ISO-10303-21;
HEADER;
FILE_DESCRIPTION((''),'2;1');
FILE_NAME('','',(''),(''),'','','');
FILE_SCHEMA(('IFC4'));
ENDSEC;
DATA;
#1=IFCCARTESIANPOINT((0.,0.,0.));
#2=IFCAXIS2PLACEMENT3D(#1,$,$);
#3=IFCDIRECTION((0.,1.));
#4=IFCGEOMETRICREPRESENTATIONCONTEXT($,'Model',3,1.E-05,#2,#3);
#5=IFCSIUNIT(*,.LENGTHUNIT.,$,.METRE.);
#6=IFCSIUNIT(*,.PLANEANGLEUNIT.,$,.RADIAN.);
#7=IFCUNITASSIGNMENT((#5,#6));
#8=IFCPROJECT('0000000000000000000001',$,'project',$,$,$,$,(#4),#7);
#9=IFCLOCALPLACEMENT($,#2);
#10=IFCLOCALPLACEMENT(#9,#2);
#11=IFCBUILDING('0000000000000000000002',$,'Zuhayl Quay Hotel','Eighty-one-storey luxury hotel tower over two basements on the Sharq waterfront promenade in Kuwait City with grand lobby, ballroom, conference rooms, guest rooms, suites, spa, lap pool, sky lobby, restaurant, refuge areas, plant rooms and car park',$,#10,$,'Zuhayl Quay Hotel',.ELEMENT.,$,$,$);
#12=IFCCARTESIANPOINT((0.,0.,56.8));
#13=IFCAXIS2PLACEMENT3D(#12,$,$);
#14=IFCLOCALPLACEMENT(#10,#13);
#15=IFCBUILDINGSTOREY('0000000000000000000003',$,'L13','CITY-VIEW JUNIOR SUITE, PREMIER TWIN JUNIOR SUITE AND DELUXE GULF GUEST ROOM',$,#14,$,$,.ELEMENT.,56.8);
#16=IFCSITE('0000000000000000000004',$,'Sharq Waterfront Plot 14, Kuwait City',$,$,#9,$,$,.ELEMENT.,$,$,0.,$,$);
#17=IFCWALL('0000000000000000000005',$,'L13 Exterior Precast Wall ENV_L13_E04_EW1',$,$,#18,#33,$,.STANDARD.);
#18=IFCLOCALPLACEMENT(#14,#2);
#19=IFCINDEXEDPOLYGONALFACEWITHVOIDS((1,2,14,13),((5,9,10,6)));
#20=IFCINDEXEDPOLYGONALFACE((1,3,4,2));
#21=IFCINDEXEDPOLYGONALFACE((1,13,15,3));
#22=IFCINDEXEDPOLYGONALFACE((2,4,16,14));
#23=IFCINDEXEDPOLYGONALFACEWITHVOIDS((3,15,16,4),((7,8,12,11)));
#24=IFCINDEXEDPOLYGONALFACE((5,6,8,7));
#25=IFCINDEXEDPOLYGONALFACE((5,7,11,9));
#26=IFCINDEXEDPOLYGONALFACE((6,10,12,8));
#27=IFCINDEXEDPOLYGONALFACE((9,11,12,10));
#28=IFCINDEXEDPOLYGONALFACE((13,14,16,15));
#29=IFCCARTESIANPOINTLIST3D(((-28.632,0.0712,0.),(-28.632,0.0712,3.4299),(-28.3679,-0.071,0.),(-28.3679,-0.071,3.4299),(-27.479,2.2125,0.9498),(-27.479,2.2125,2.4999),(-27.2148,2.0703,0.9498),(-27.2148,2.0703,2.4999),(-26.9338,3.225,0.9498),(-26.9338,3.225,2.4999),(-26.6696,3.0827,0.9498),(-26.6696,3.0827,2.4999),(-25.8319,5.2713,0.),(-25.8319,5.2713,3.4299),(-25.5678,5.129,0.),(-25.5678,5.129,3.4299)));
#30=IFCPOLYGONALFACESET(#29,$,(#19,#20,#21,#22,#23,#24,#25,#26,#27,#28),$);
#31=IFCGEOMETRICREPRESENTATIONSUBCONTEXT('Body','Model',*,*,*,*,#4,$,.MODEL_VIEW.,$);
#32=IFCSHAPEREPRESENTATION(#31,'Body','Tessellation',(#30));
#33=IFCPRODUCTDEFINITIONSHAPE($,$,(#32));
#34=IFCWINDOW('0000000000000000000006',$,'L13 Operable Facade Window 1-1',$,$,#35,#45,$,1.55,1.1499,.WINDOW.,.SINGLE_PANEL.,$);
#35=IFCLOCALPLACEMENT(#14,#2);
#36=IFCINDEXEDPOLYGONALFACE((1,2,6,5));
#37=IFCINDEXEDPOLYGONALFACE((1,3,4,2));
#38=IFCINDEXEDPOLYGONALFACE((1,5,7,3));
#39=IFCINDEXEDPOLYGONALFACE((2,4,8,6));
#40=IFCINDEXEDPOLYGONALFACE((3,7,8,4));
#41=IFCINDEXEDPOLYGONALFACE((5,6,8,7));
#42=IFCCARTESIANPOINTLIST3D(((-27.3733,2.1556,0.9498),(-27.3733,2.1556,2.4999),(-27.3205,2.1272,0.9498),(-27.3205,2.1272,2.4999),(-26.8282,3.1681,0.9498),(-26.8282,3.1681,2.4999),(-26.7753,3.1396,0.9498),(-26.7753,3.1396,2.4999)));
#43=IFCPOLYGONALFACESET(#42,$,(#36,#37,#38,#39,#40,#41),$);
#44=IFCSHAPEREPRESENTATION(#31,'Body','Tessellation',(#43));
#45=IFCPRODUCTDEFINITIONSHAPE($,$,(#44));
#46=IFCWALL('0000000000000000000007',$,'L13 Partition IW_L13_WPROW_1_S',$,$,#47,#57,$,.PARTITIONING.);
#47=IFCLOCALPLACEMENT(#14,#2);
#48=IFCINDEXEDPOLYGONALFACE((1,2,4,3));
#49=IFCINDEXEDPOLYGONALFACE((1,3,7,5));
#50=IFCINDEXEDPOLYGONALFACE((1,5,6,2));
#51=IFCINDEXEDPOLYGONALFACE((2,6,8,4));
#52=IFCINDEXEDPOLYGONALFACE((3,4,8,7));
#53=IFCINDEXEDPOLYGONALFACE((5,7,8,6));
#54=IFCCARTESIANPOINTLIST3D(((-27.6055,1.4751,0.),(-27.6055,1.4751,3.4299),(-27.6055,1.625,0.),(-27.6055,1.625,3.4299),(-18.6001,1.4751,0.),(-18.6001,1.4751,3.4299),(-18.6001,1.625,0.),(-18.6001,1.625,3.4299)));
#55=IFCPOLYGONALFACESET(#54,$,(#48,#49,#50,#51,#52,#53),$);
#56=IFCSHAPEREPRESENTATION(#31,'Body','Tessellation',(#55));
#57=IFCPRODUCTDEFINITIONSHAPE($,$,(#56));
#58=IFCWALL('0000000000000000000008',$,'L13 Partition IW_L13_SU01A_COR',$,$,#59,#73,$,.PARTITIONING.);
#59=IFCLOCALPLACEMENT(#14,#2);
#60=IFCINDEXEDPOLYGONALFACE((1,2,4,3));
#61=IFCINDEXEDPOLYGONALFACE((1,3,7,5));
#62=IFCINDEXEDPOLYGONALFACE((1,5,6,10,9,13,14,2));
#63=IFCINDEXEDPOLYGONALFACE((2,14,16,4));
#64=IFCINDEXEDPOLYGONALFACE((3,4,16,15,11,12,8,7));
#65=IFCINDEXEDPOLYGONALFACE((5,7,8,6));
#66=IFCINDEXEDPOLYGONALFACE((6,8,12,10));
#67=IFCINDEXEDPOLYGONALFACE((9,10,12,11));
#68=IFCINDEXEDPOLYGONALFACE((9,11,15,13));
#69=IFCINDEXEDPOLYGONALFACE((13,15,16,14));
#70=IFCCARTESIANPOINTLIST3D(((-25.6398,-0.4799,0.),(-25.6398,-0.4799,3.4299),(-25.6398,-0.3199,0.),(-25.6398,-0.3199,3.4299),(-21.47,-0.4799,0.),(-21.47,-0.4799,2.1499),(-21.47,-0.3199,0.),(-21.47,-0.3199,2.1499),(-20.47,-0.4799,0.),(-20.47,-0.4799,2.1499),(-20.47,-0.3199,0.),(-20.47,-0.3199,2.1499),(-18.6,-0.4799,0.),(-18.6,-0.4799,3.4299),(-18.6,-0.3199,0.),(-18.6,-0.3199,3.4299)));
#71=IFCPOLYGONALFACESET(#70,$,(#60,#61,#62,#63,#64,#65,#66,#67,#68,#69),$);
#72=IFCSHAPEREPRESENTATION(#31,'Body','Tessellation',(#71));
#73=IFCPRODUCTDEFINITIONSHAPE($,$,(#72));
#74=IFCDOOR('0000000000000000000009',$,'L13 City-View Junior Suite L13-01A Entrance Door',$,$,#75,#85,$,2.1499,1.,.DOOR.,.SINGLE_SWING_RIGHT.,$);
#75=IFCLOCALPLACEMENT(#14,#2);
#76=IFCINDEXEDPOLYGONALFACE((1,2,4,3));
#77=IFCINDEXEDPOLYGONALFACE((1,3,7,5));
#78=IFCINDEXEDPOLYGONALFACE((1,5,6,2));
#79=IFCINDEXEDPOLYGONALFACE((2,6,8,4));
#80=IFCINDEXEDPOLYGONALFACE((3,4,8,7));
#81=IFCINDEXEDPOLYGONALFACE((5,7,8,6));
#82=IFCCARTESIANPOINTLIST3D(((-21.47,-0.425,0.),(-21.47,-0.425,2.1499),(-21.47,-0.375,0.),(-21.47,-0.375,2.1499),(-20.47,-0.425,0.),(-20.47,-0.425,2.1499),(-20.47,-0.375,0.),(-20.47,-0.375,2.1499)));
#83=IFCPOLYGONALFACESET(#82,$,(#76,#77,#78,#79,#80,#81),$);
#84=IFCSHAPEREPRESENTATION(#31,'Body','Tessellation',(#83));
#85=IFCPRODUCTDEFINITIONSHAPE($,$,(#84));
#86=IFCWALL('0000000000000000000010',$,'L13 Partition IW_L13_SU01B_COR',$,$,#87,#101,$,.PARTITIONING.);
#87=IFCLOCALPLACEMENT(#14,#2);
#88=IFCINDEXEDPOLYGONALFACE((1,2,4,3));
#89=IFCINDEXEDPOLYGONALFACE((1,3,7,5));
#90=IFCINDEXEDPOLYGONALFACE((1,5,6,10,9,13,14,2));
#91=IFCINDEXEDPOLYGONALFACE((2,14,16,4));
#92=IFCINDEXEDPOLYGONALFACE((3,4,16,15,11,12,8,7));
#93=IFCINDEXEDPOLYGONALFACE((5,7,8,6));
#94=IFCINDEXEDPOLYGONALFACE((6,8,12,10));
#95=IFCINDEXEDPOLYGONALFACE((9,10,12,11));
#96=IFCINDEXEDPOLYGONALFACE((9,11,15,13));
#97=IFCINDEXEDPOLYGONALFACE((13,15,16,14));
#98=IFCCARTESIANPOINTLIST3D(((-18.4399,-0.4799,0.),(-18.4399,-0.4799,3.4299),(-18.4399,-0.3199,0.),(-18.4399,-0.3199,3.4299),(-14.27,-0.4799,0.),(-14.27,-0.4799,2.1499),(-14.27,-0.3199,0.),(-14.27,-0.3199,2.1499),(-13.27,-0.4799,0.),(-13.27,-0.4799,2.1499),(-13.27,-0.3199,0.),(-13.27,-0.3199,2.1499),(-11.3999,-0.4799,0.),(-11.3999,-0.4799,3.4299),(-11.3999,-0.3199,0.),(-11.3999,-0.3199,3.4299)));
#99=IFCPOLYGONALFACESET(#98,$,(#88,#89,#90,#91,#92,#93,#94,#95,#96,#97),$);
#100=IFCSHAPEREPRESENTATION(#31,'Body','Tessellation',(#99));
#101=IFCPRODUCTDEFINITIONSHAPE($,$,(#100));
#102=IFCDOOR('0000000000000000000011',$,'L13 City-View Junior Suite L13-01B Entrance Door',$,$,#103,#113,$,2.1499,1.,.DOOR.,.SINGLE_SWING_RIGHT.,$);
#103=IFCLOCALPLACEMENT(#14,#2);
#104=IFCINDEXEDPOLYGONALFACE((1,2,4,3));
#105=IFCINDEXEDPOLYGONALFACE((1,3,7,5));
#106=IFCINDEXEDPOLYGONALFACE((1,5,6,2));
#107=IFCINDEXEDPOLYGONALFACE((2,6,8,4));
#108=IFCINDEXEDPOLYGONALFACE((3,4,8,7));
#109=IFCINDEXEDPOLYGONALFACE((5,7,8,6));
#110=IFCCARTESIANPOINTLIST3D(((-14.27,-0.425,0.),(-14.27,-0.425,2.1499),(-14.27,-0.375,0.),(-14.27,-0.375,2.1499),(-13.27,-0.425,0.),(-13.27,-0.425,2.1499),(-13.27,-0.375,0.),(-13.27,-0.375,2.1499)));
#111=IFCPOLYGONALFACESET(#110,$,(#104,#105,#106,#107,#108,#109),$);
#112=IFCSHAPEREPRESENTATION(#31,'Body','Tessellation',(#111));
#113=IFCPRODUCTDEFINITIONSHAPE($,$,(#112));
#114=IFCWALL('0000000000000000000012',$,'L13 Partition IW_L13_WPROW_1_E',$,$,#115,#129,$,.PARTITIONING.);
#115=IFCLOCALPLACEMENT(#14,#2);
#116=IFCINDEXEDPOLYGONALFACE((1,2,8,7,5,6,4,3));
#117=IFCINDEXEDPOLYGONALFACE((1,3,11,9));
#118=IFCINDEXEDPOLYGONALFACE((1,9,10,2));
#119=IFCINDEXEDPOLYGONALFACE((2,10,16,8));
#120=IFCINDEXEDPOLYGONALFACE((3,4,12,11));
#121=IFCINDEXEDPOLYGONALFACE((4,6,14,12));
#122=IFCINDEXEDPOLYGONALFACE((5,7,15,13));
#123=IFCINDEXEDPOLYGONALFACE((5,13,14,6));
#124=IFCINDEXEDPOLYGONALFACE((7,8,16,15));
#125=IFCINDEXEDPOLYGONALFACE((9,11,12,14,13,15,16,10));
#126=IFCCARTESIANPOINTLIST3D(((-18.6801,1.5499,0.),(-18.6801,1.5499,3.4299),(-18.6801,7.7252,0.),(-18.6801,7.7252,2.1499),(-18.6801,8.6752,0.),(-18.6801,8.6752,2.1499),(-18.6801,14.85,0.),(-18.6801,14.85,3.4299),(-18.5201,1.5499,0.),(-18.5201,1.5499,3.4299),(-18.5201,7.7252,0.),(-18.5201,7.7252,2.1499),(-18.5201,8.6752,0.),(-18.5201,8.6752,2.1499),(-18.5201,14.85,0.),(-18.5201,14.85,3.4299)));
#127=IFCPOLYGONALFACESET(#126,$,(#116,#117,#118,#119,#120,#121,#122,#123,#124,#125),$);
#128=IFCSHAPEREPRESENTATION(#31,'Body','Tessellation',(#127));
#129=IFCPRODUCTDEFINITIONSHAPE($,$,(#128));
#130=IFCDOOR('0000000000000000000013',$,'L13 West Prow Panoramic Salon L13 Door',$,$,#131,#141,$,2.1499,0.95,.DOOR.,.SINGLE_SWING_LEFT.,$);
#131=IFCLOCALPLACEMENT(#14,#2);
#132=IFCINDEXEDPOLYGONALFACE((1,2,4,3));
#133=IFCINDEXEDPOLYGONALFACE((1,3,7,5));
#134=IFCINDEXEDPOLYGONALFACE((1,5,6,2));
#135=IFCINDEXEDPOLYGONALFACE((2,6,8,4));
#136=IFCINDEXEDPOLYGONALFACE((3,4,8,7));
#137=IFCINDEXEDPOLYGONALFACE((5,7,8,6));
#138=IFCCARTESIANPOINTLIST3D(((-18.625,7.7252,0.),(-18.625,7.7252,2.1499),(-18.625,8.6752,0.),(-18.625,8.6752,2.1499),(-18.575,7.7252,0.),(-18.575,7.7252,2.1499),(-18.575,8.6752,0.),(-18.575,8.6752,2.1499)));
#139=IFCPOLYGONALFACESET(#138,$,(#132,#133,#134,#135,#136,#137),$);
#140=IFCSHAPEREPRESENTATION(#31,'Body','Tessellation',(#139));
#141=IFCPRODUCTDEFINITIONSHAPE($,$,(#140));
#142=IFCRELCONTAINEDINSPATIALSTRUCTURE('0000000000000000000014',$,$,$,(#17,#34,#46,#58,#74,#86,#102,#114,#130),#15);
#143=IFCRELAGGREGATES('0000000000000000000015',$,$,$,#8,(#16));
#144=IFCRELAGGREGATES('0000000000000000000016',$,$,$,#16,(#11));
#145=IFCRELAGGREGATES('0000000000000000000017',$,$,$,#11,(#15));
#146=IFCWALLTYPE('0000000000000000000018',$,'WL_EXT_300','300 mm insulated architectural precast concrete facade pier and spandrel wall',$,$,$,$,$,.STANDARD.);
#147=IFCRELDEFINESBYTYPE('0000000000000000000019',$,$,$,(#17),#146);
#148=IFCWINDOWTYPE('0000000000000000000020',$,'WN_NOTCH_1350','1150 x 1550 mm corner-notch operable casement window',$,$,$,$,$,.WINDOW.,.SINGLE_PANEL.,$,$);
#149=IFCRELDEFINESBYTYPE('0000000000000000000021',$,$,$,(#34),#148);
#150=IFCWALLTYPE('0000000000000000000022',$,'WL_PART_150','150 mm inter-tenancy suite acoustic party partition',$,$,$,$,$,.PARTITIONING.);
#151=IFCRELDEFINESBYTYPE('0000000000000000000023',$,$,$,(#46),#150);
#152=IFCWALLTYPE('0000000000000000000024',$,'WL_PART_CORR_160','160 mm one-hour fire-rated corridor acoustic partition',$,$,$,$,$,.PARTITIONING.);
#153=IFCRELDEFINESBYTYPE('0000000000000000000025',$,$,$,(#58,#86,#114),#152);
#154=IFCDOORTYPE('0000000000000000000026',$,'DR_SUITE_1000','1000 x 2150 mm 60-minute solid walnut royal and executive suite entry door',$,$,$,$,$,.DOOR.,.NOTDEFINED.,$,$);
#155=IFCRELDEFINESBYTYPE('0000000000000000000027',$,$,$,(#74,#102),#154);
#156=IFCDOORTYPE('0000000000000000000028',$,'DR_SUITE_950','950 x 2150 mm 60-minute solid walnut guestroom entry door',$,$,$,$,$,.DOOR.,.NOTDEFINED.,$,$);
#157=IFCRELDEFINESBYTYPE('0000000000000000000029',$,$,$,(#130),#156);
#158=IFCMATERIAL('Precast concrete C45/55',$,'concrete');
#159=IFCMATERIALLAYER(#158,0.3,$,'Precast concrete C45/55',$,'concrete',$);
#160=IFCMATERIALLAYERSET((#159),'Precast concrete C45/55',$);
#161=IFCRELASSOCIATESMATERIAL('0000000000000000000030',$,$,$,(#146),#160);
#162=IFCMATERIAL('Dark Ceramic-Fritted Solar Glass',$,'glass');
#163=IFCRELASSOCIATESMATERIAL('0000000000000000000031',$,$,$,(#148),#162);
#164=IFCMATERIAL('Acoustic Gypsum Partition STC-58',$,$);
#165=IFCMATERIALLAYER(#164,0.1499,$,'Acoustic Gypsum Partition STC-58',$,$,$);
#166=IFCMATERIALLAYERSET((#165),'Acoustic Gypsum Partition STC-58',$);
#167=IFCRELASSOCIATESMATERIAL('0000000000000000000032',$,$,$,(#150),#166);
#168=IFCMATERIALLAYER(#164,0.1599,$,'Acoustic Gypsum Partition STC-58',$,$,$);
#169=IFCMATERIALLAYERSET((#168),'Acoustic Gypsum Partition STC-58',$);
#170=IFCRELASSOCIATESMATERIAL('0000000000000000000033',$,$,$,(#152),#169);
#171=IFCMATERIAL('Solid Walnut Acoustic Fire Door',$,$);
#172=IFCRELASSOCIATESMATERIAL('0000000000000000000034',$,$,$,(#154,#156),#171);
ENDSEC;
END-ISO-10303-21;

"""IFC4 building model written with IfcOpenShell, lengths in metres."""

from ifc_helpers import new_model, si_unit, direction, frame, frame_2d, origin, place, context, subcontext, project, spatial, rectangle, extrude, material, layer, layer_set, type_object, element, fill, save


model = new_model("IFC4")

# Units and contexts
model_context = context("Model", 3, precision=1e-05, world=origin(), true_north=direction((0.0, 1.0)))
body_context = subcontext(model_context, "Body", "Model", "MODEL_VIEW")
ifc_project = project(units=[si_unit("LENGTHUNIT", "METRE"), si_unit("PLANEANGLEUNIT", "RADIAN")], contexts=[model_context])

# Site, building, storey
site_placement = place(None, origin())
site = spatial("IfcSite", under=ifc_project, at=site_placement, Name="Sharq Waterfront Plot 14, Kuwait City", CompositionType="ELEMENT", RefElevation=0.0)
building_placement = place(site_placement, origin())
building = spatial("IfcBuilding", under=site, at=building_placement, Name="Zuhayl Quay Hotel", Description="Eighty-one-storey luxury hotel tower over two basements on the Sharq waterfront promenade in Kuwait City with grand lobby, ballroom, conference rooms, guest rooms, suites, spa, lap pool, sky lobby, restaurant, refuge areas, plant rooms and car park", LongName="Zuhayl Quay Hotel", CompositionType="ELEMENT")
storey_placement = place(building_placement, frame((0.0, 0.0, 56.8)))
storey = spatial("IfcBuildingStorey", under=building, at=storey_placement, Name="L13", Description="CITY-VIEW JUNIOR SUITE, PREMIER TWIN JUNIOR SUITE AND DELUXE GULF GUEST ROOM", CompositionType="ELEMENT", Elevation=56.8)

# Shared definitions
ifc_material_1 = material(Name="Dark Ceramic-Fritted Solar Glass", Category="glass")

# Shared definitions
ifc_material_2 = material(Name="Precast concrete C45/55", Category="concrete")
ifc_layer_1 = layer(ifc_material_2, 0.3, Name="Precast concrete C45/55", Category="concrete")
ifc_layer_set_1 = layer_set([ifc_layer_1], Name="Precast concrete C45/55")
wall_type_1 = type_object("IfcWallType", Name="WL_EXT_300", Description="300 mm insulated architectural precast concrete facade pier and spandrel wall", PredefinedType="STANDARD", material=ifc_layer_set_1)

# Wall, opening, window
wall_1_placement = place(storey_placement, frame((-28.5, 0.0, 0.0), z_axis=(0.0, 0.0, 1.0), x_axis=(0.47411, 0.880466, 0.0)))
wall_1 = element("IfcWall", 1, at=wall_1_placement, inside=storey, type_object=wall_type_1, Name="L13 Exterior Precast Wall ENV_L13_E04_EW1", PredefinedType="STANDARD", context=body_context, shape_type="SweptSolid", body=[
    extrude(rectangle(XDim=5.906, YDim=0.3, at=frame_2d((2.9531, 0.0))), origin(), (0.0, 0.0, 1.0), 3.4299),
])
opening_1_placement = place(wall_1_placement, frame((2.4321, 0.0, 0.95)))
opening_1 = element("IfcOpeningElement", 2, at=opening_1_placement, cuts=wall_1, PredefinedType="OPENING", context=body_context, shape_type="SweptSolid", body=[
    extrude(rectangle(XDim=1.1499, YDim=1.55, at=frame_2d((0.575, 0.7749))), frame((0.0, 0.1599, 0.0), z_axis=(0.0, -1.0, 0.0), x_axis=(1.0, 0.0, 0.0)), (0.0, 0.0, 1.0), 0.3201),
])
window_type = type_object("IfcWindowType", Name="WN_NOTCH_1350", Description="1150 x 1550 mm corner-notch operable casement window", PartitioningType="SINGLE_PANEL", PredefinedType="WINDOW", material=ifc_material_1)
window_placement = place(opening_1_placement, origin())
window = element("IfcWindow", 3, at=window_placement, inside=storey, type_object=window_type, Name="L13 Operable Facade Window 1-1", OverallHeight=1.55, OverallWidth=1.1499, PartitioningType="SINGLE_PANEL", PredefinedType="WINDOW", context=body_context, shape_type="SweptSolid", body=[
    extrude(rectangle(XDim=1.1499, YDim=1.55, at=frame_2d((0.575, 0.7749))), frame((0.0, 0.03, 0.0), z_axis=(0.0, -1.0, 0.0), x_axis=(1.0, 0.0, 0.0)), (0.0, 0.0, 1.0), 0.0601),
])
fill(opening_1, window)

# Wall
ifc_material_3 = material(Name="Acoustic Gypsum Partition STC-58")
ifc_layer_2 = layer(ifc_material_3, 0.1499, Name="Acoustic Gypsum Partition STC-58")
ifc_layer_set_2 = layer_set([ifc_layer_2], Name="Acoustic Gypsum Partition STC-58")
wall_type_2 = type_object("IfcWallType", Name="WL_PART_150", Description="150 mm inter-tenancy suite acoustic party partition", PredefinedType="PARTITIONING", material=ifc_layer_set_2)
wall_2_placement = place(storey_placement, frame((-27.6055, 1.55, 0.0), z_axis=(0.0, 0.0, 1.0), x_axis=(1.0, 0.0, 0.0)))
element("IfcWall", 4, at=wall_2_placement, inside=storey, type_object=wall_type_2, Name="L13 Partition IW_L13_WPROW_1_S", PredefinedType="PARTITIONING", context=body_context, shape_type="SweptSolid", body=[
    extrude(rectangle(XDim=9.0054, YDim=0.1499, at=frame_2d((4.5027, 0.0))), origin(), (0.0, 0.0, 1.0), 3.4299),
])

# Walls, openings, doors
ifc_layer_3 = layer(ifc_material_3, 0.1599, Name="Acoustic Gypsum Partition STC-58")
ifc_layer_set_3 = layer_set([ifc_layer_3], Name="Acoustic Gypsum Partition STC-58")
wall_type_3 = type_object("IfcWallType", Name="WL_PART_CORR_160", Description="160 mm one-hour fire-rated corridor acoustic partition", PredefinedType="PARTITIONING", material=ifc_layer_set_3)
wall_3_placement = place(storey_placement, frame((-25.6399, -0.3999, 0.0), z_axis=(0.0, 0.0, 1.0), x_axis=(1.0, 0.0, 0.0)))
wall_3 = element("IfcWall", 5, at=wall_3_placement, inside=storey, type_object=wall_type_3, Name="L13 Partition IW_L13_SU01A_COR", PredefinedType="PARTITIONING", context=body_context, shape_type="SweptSolid", body=[
    extrude(rectangle(XDim=7.0398, YDim=0.1599, at=frame_2d((3.52, 0.0))), origin(), (0.0, 0.0, 1.0), 3.4299),
])
opening_2_placement = place(wall_3_placement, frame((4.1699, 0.0, 0.0)))
opening_2 = element("IfcOpeningElement", 6, at=opening_2_placement, cuts=wall_3, PredefinedType="OPENING", context=body_context, shape_type="SweptSolid", body=[
    extrude(rectangle(XDim=1.0, YDim=2.1499, at=frame_2d((0.5, 1.075))), frame((0.0, 0.0898, 0.0), z_axis=(0.0, -1.0, 0.0), x_axis=(1.0, 0.0, 0.0)), (0.0, 0.0, 1.0), 0.1799),
])
ifc_material_4 = material(Name="Solid Walnut Acoustic Fire Door")
door_type_1 = type_object("IfcDoorType", Name="DR_SUITE_1000", Description="1000 x 2150 mm 60-minute solid walnut royal and executive suite entry door", OperationType="NOTDEFINED", PredefinedType="DOOR", material=ifc_material_4)
door_1_placement = place(opening_2_placement, origin())
door_1 = element("IfcDoor", 7, at=door_1_placement, inside=storey, type_object=door_type_1, Name="L13 City-View Junior Suite L13-01A Entrance Door", OperationType="SINGLE_SWING_RIGHT", OverallHeight=2.1499, OverallWidth=1.0, PredefinedType="DOOR", context=body_context, shape_type="SweptSolid", body=[
    extrude(rectangle(XDim=1.0, YDim=2.1499, at=frame_2d((0.5, 1.075))), frame((0.0, 0.0249, 0.0), z_axis=(0.0, -1.0, 0.0), x_axis=(1.0, 0.0, 0.0)), (0.0, 0.0, 1.0), 0.05),
])
fill(opening_2, door_1)
wall_4_placement = place(storey_placement, frame((-18.4399, -0.3999, 0.0), z_axis=(0.0, 0.0, 1.0), x_axis=(1.0, 0.0, 0.0)))
wall_4 = element("IfcWall", 8, at=wall_4_placement, inside=storey, type_object=wall_type_3, Name="L13 Partition IW_L13_SU01B_COR", PredefinedType="PARTITIONING", context=body_context, shape_type="SweptSolid", body=[
    extrude(rectangle(XDim=7.04, YDim=0.1599, at=frame_2d((3.52, 0.0))), origin(), (0.0, 0.0, 1.0), 3.4299),
])
opening_3_placement = place(wall_4_placement, frame((4.1699, 0.0, 0.0)))
opening_3 = element("IfcOpeningElement", 9, at=opening_3_placement, cuts=wall_4, PredefinedType="OPENING", context=body_context, shape_type="SweptSolid", body=[
    extrude(rectangle(XDim=1.0, YDim=2.1499, at=frame_2d((0.5, 1.075))), frame((0.0, 0.0898, 0.0), z_axis=(0.0, -1.0, 0.0), x_axis=(1.0, 0.0, 0.0)), (0.0, 0.0, 1.0), 0.1799),
])
door_2_placement = place(opening_3_placement, origin())
door_2 = element("IfcDoor", 10, at=door_2_placement, inside=storey, type_object=door_type_1, Name="L13 City-View Junior Suite L13-01B Entrance Door", OperationType="SINGLE_SWING_RIGHT", OverallHeight=2.1499, OverallWidth=1.0, PredefinedType="DOOR", context=body_context, shape_type="SweptSolid", body=[
    extrude(rectangle(XDim=1.0, YDim=2.1499, at=frame_2d((0.5, 1.075))), frame((0.0, 0.0249, 0.0), z_axis=(0.0, -1.0, 0.0), x_axis=(1.0, 0.0, 0.0)), (0.0, 0.0, 1.0), 0.05),
])
fill(opening_3, door_2)
wall_5_placement = place(storey_placement, frame((-18.6001, 1.55, 0.0), z_axis=(0.0, 0.0, 1.0), x_axis=(0.0, 1.0, 0.0)))
wall_5 = element("IfcWall", 11, at=wall_5_placement, inside=storey, type_object=wall_type_3, Name="L13 Partition IW_L13_WPROW_1_E", PredefinedType="PARTITIONING", context=body_context, shape_type="SweptSolid", body=[
    extrude(rectangle(XDim=13.3, YDim=0.1599, at=frame_2d((6.6499, 0.0))), origin(), (0.0, 0.0, 1.0), 3.4299),
])
opening_4_placement = place(wall_5_placement, frame((6.175, 0.0, 0.0)))
opening_4 = element("IfcOpeningElement", 12, at=opening_4_placement, cuts=wall_5, PredefinedType="OPENING", context=body_context, shape_type="SweptSolid", body=[
    extrude(rectangle(XDim=0.95, YDim=2.1499, at=frame_2d((0.4751, 1.075))), frame((0.0, 0.0898, 0.0), z_axis=(0.0, -1.0, 0.0), x_axis=(1.0, 0.0, 0.0)), (0.0, 0.0, 1.0), 0.1799),
])
door_type_2 = type_object("IfcDoorType", Name="DR_SUITE_950", Description="950 x 2150 mm 60-minute solid walnut guestroom entry door", OperationType="NOTDEFINED", PredefinedType="DOOR", material=ifc_material_4)
door_3_placement = place(opening_4_placement, origin())
door_3 = element("IfcDoor", 13, at=door_3_placement, inside=storey, type_object=door_type_2, Name="L13 West Prow Panoramic Salon L13 Door", OperationType="SINGLE_SWING_LEFT", OverallHeight=2.1499, OverallWidth=0.95, PredefinedType="DOOR", context=body_context, shape_type="SweptSolid", body=[
    extrude(rectangle(XDim=0.95, YDim=2.1499, at=frame_2d((0.4751, 1.075))), frame((0.0, 0.0249, 0.0), z_axis=(0.0, -1.0, 0.0), x_axis=(1.0, 0.0, 0.0)), (0.0, 0.0, 1.0), 0.05),
])
fill(opening_4, door_3)

save(model, "model.ifc")
